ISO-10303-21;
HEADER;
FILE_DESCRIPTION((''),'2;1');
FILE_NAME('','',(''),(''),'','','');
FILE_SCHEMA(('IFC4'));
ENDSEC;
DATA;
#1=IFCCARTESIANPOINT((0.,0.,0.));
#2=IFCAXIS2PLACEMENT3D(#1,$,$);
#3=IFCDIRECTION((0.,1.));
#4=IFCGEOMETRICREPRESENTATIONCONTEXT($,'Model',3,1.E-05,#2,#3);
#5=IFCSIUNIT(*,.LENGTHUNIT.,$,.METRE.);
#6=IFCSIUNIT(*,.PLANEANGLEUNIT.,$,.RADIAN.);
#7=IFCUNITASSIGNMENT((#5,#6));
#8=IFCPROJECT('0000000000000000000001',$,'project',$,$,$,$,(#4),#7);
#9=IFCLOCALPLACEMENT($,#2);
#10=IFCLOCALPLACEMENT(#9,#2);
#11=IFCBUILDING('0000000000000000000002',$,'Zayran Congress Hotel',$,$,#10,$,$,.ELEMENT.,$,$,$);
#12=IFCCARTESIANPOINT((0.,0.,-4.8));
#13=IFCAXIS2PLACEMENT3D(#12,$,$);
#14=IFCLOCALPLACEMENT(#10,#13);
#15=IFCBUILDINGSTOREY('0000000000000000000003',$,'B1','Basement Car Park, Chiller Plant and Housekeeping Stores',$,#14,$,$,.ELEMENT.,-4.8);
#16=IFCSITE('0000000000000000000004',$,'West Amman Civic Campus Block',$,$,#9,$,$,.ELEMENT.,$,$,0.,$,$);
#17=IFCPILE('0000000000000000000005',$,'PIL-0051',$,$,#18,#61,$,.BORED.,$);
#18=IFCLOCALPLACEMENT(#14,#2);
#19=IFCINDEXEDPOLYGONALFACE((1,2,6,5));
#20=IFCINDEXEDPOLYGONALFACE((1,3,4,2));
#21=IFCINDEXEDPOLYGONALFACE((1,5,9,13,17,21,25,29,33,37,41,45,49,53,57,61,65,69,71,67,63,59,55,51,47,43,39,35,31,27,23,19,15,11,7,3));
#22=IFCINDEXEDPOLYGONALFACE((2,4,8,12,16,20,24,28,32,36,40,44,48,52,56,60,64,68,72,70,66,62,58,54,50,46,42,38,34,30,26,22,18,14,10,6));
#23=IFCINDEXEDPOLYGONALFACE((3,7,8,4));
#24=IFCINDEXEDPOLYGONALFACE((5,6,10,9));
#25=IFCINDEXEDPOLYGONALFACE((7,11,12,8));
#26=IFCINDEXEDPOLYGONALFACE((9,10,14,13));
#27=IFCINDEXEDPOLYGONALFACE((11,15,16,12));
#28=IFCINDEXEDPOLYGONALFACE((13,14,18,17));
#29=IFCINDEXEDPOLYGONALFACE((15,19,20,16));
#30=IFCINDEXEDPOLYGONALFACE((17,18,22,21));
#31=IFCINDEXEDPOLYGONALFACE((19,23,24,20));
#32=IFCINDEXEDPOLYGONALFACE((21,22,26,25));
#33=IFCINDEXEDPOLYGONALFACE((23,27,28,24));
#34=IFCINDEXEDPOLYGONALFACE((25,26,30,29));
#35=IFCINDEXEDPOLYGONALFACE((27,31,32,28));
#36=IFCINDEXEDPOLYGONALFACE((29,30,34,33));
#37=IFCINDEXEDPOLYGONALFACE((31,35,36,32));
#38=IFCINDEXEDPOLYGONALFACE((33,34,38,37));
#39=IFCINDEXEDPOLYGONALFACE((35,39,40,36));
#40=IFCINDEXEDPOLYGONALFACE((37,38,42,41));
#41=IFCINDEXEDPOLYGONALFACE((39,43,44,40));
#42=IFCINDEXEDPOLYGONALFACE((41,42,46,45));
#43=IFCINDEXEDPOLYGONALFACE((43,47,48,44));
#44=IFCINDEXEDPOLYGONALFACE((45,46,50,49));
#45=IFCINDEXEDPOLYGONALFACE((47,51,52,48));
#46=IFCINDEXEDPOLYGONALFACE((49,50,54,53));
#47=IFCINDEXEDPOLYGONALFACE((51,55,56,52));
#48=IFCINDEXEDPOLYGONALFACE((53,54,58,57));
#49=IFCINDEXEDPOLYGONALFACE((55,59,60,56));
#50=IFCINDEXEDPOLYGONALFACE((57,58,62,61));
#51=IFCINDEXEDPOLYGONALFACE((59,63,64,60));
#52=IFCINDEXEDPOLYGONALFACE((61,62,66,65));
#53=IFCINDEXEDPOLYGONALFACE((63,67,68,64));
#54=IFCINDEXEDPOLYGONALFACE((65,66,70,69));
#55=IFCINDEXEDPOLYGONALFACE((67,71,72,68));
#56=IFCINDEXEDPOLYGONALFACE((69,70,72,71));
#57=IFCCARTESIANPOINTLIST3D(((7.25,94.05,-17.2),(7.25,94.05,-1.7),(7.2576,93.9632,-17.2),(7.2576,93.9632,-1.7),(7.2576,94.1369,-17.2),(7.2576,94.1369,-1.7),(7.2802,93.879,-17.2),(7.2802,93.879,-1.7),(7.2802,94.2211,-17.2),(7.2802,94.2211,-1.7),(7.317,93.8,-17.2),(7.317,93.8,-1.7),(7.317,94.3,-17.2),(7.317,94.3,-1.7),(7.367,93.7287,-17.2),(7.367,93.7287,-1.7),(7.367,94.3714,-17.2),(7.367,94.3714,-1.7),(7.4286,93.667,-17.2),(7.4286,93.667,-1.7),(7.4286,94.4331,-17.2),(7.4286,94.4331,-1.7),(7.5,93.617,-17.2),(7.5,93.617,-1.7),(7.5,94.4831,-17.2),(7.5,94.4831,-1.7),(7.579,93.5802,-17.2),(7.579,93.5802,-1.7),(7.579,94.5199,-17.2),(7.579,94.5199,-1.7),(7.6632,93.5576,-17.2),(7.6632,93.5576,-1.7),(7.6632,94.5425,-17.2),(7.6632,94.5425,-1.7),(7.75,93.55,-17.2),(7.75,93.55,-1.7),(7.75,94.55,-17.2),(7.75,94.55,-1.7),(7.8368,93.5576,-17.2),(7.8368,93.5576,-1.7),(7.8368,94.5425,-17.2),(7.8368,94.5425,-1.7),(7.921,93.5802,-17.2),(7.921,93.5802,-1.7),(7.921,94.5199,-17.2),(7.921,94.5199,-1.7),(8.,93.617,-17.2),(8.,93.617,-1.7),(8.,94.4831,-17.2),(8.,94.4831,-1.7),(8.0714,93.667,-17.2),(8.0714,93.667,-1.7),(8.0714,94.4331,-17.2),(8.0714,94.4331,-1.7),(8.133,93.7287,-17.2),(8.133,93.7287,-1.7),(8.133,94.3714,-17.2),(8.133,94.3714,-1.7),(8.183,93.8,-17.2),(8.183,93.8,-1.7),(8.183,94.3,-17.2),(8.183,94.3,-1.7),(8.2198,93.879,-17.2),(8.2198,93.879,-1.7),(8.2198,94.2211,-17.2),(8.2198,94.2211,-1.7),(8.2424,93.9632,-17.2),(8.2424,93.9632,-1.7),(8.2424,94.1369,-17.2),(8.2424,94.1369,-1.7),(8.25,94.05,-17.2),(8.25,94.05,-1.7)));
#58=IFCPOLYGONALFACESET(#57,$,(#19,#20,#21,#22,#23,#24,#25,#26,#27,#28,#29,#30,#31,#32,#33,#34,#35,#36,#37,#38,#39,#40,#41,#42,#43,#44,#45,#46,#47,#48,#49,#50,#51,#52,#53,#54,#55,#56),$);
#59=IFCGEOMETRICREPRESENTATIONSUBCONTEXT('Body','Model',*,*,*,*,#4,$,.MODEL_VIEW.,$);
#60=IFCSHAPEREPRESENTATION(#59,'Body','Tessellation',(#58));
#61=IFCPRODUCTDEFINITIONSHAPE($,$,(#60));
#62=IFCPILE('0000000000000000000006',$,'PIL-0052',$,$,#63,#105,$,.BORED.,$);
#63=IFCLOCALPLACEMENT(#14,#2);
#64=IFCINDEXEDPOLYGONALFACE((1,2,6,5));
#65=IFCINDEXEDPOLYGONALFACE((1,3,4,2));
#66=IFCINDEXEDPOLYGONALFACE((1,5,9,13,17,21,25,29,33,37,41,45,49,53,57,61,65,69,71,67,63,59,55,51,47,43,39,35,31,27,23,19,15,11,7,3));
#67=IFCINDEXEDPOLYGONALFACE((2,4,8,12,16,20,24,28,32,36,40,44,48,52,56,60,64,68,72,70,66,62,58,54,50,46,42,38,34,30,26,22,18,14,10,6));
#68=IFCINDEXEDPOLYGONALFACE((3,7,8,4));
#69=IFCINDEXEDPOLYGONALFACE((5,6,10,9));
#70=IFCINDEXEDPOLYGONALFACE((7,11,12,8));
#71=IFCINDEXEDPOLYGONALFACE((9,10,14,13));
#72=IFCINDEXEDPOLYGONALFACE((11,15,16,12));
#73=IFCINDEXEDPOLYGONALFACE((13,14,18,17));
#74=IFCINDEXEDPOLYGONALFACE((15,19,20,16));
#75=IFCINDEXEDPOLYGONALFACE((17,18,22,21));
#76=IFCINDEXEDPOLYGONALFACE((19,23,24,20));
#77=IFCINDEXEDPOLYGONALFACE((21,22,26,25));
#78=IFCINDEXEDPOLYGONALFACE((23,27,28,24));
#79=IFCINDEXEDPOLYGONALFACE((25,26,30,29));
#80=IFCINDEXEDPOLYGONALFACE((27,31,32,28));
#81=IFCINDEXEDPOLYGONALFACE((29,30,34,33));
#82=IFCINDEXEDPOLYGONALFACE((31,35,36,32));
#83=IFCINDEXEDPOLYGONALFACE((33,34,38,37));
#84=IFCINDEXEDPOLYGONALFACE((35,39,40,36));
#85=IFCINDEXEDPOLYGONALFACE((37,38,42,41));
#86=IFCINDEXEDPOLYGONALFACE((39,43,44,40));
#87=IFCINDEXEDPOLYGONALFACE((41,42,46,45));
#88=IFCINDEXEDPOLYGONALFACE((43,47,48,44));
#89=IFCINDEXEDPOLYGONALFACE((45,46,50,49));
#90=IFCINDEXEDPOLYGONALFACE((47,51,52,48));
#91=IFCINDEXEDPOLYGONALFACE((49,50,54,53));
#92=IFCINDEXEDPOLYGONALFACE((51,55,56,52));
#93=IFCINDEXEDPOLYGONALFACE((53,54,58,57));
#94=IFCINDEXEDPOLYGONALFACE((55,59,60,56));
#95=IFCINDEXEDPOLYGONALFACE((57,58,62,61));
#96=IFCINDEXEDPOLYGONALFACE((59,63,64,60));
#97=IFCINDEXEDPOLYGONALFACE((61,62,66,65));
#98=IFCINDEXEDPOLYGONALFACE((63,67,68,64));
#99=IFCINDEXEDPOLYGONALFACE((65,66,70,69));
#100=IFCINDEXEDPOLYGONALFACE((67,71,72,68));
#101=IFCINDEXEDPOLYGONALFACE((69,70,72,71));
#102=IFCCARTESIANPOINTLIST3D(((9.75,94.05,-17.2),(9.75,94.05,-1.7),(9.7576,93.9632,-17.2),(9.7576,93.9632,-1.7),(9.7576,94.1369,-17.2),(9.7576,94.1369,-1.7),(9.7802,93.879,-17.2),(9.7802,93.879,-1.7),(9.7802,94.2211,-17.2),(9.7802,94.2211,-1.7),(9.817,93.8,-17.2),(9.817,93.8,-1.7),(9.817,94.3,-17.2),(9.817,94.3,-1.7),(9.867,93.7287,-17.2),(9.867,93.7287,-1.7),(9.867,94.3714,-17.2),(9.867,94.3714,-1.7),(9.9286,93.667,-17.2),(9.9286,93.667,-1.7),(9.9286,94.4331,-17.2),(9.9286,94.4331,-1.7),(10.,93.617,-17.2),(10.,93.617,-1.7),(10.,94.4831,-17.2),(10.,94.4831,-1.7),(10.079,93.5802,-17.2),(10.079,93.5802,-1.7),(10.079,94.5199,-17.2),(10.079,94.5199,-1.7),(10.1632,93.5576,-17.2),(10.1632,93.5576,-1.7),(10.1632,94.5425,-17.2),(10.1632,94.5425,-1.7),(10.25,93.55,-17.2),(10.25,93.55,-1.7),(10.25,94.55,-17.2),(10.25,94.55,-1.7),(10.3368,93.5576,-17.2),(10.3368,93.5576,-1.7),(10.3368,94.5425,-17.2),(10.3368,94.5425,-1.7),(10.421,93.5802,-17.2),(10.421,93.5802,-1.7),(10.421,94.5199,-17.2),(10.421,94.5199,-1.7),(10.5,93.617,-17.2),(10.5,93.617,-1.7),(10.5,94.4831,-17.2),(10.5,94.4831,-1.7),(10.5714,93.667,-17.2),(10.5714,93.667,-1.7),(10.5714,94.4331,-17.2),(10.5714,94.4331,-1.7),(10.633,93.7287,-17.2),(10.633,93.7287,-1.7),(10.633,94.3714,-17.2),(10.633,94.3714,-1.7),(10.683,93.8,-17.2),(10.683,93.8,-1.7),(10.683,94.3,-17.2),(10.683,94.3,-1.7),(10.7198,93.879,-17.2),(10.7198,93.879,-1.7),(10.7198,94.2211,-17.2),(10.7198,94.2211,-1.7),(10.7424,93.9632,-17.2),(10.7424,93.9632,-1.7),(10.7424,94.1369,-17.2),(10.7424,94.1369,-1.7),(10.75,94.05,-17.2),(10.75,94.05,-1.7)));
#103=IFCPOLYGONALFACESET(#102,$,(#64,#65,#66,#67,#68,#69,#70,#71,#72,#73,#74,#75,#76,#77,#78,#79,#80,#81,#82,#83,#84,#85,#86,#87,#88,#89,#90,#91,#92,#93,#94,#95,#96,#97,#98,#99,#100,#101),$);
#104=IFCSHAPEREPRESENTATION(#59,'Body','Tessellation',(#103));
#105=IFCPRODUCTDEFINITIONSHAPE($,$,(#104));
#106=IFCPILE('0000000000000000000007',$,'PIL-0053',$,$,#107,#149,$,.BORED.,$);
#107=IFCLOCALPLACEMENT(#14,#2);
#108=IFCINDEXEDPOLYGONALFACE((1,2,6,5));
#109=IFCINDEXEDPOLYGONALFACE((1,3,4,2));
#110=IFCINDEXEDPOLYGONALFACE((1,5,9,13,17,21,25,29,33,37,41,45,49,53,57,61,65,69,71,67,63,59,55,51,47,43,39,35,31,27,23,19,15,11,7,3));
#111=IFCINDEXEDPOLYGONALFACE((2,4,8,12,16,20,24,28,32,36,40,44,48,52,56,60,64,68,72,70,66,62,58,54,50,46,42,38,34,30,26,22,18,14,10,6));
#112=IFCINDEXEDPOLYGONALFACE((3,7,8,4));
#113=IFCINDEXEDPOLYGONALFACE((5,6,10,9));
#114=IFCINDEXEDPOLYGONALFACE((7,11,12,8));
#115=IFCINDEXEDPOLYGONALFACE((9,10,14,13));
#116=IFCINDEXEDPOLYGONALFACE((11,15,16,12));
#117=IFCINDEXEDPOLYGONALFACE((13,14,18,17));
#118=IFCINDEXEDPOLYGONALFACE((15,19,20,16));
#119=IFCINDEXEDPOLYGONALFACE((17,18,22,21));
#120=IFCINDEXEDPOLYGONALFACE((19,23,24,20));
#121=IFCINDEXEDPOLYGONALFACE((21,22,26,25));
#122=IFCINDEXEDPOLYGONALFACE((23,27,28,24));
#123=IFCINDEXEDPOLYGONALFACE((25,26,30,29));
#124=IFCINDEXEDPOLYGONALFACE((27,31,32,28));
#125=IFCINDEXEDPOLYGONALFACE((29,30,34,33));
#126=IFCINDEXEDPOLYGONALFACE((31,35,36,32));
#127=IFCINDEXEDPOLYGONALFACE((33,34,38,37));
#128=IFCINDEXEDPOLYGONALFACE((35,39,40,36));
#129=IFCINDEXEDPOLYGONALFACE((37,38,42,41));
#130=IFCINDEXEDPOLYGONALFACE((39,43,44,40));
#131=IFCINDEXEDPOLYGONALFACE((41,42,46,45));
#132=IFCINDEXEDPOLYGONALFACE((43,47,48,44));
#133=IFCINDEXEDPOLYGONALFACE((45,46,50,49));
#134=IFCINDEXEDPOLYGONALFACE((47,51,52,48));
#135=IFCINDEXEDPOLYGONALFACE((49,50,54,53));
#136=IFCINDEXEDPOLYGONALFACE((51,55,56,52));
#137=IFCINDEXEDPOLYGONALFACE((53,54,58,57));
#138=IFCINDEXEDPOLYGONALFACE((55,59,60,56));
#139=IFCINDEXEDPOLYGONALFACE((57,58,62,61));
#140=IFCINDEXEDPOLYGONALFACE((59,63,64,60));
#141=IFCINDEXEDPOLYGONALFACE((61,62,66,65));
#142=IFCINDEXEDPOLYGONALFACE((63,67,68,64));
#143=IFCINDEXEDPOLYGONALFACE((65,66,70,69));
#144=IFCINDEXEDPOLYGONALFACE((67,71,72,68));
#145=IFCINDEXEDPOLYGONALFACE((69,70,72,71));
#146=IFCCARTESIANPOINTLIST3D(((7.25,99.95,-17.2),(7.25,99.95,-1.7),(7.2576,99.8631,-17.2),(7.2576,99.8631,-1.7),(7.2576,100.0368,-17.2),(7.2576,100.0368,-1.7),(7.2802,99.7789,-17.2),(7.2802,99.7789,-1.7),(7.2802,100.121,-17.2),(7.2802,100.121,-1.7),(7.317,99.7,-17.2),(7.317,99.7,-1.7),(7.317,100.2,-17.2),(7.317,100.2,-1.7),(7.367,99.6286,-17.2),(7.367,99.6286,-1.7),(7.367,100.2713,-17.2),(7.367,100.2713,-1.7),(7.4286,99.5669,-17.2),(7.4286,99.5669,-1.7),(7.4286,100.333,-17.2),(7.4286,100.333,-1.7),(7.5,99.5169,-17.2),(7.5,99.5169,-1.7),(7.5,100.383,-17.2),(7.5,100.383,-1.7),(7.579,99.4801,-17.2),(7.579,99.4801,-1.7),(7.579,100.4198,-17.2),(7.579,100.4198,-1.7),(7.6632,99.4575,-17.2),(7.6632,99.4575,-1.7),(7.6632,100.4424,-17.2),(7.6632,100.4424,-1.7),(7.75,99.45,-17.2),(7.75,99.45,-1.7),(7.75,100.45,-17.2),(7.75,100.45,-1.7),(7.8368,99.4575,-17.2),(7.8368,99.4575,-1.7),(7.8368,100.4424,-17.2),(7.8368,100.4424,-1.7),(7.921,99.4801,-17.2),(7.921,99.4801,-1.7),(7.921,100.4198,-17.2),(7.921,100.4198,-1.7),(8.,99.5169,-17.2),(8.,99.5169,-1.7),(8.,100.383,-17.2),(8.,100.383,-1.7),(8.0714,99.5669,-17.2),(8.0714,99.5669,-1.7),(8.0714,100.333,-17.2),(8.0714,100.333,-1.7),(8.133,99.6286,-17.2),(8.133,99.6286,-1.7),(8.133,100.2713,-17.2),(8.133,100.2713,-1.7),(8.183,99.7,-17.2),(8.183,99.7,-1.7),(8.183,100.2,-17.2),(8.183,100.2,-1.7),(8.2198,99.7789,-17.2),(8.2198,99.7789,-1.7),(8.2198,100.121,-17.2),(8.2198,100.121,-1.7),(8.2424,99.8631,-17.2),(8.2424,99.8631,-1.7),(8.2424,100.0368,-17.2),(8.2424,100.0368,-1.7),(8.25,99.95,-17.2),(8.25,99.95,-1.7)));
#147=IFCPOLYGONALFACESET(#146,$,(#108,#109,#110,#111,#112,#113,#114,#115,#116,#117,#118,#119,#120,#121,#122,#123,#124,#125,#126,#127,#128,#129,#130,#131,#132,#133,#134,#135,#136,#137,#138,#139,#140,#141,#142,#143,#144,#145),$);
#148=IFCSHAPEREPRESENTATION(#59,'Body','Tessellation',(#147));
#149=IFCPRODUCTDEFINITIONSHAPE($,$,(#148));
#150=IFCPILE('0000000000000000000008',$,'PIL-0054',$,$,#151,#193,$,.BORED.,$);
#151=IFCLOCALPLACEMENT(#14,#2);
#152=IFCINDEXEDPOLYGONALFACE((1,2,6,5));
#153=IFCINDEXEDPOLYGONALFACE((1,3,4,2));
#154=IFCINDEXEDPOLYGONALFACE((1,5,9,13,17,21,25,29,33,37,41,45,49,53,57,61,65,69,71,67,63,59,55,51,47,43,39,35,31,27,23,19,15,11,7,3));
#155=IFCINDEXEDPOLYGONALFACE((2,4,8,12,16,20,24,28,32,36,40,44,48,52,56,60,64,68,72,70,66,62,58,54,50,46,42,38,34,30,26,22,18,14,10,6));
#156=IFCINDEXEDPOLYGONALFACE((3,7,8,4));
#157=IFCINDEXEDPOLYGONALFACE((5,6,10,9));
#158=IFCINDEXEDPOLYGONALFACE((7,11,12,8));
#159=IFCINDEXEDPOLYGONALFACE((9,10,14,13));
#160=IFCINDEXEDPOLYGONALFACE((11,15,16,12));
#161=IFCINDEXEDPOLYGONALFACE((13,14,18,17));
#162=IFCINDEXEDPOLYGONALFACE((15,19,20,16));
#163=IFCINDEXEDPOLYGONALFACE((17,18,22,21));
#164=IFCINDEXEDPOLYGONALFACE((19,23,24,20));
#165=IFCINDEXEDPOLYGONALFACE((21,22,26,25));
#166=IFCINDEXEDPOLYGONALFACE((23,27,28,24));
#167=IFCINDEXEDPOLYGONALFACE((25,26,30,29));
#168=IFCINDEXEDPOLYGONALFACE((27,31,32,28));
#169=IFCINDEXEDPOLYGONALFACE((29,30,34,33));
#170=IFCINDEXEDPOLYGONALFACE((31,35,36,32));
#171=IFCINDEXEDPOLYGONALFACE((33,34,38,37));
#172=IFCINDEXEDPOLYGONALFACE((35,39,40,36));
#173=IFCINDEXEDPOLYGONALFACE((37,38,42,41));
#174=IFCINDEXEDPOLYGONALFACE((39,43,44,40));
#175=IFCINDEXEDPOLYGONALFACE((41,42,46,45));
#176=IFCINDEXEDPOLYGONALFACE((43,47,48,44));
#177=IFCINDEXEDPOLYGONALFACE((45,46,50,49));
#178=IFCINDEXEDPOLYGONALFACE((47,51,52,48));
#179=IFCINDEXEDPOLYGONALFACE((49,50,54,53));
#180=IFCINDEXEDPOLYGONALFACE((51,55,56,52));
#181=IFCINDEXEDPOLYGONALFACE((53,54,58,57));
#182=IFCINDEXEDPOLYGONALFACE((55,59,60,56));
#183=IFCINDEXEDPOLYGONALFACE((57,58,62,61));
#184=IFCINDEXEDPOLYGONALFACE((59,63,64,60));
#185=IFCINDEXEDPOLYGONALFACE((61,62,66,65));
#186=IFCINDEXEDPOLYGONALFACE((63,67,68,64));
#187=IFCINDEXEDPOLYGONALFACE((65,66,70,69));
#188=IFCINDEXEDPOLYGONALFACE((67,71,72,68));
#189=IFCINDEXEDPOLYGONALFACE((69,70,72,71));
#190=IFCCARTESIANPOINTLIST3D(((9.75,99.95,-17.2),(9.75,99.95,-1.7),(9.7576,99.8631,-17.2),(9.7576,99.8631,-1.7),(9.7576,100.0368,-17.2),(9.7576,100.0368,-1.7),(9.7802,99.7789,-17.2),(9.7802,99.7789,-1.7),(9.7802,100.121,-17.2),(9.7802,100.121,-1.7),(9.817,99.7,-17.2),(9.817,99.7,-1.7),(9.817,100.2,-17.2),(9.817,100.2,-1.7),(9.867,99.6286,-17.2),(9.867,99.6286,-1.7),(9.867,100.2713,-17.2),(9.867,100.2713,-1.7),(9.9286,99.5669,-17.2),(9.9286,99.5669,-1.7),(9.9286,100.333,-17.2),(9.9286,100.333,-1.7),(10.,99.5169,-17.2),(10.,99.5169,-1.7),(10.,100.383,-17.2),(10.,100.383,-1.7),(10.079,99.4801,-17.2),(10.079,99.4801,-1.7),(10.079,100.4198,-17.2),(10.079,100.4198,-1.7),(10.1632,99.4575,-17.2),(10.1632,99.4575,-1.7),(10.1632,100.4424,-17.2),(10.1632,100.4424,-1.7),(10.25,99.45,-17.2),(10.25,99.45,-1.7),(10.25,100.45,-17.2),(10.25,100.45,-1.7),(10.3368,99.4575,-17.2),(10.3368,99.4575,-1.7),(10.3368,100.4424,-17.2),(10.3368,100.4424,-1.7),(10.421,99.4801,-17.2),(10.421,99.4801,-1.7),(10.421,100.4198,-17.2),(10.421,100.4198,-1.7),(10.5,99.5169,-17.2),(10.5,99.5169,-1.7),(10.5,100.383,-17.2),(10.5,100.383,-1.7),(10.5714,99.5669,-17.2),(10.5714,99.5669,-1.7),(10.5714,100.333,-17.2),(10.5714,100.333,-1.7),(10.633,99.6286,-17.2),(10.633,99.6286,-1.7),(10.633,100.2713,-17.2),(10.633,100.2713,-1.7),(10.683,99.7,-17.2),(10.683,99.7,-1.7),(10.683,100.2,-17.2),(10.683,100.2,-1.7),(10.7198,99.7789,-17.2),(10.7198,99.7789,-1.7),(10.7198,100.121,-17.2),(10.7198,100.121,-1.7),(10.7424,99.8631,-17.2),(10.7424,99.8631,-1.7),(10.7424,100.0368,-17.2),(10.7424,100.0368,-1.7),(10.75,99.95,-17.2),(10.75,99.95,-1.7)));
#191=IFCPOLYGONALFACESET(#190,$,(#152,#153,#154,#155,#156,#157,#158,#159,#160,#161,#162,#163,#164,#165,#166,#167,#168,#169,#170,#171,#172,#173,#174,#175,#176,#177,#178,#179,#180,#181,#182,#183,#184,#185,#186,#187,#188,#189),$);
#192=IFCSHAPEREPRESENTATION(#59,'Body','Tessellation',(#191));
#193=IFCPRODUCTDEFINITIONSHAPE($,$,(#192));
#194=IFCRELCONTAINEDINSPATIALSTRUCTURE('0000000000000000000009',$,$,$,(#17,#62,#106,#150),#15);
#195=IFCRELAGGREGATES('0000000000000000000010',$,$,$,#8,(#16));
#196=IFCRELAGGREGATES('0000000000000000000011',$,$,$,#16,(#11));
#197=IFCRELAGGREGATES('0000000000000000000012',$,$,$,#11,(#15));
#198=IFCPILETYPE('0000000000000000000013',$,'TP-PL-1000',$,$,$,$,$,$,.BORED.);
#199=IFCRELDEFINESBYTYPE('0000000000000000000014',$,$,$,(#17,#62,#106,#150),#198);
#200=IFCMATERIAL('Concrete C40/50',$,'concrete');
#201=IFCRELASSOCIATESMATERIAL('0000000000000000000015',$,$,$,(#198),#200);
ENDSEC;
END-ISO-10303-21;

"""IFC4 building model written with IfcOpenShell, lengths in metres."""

from ifc_helpers import new_model, si_unit, direction, frame, origin, origin_2d, place, context, subcontext, project, spatial, circle, extrude, material, material_profile, profile_set, type_object, element, save


model = new_model("IFC4")

# Units and contexts
model_context = context("Model", 3, precision=1e-05, world=origin(), true_north=direction((0.0, 1.0)))
body_context = subcontext(model_context, "Body", "Model", "MODEL_VIEW")
ifc_project = project(units=[si_unit("LENGTHUNIT", "METRE"), si_unit("PLANEANGLEUNIT", "RADIAN")], contexts=[model_context])

# Site, building, storey
site_placement = place(None, origin())
site = spatial("IfcSite", under=ifc_project, at=site_placement, Name="West Amman Civic Campus Block", CompositionType="ELEMENT", RefElevation=0.0)
building_placement = place(site_placement, origin())
building = spatial("IfcBuilding", under=site, at=building_placement, Name="Zayran Congress Hotel", CompositionType="ELEMENT")
storey_placement = place(building_placement, frame((0.0, 0.0, -4.8)))
storey = spatial("IfcBuildingStorey", under=building, at=storey_placement, Name="B1", Description="Basement Car Park, Chiller Plant and Housekeeping Stores", CompositionType="ELEMENT", Elevation=-4.8)

# Piles
ifc_material_1 = material(Name="Concrete C40/50", Category="concrete")
ifc_material_profile_1 = material_profile(ifc_material_1, circle(Radius=0.5, at=origin_2d()), Name="PILE D1000")
ifc_profile_set_1 = profile_set([ifc_material_profile_1], Name="Concrete C40/50")
pile_type = type_object("IfcPileType", Name="TP-PL-1000", PredefinedType="BORED", material=ifc_profile_set_1)
for number, where, z_axis, x_axis, name in (
    (1, (7.75, 94.05, -1.7), (0.0, 0.0, -1.0), (1.0, 0.0, 0.0), "PIL-0051"),
    (2, (10.25, 94.05, -1.7), (0.0, 0.0, -1.0), (1.0, 0.0, 0.0), "PIL-0052"),
    (3, (7.75, 99.95, -1.7), (0.0, 0.0, -1.0), (1.0, 0.0, 0.0), "PIL-0053"),
    (4, (10.25, 99.95, -1.7), (0.0, 0.0, -1.0), (1.0, 0.0, 0.0), "PIL-0054"),
):
    element("IfcPile", number, at=place(storey_placement, frame(where, z_axis=z_axis, x_axis=x_axis)), inside=storey, type_object=pile_type, Name=name, PredefinedType="BORED", context=body_context, shape_type="SweptSolid", body=[
        extrude(circle(Radius=0.5, at=origin_2d()), origin(), (0.0, 0.0, 1.0), 15.5),
    ])

save(model, "model.ifc")
